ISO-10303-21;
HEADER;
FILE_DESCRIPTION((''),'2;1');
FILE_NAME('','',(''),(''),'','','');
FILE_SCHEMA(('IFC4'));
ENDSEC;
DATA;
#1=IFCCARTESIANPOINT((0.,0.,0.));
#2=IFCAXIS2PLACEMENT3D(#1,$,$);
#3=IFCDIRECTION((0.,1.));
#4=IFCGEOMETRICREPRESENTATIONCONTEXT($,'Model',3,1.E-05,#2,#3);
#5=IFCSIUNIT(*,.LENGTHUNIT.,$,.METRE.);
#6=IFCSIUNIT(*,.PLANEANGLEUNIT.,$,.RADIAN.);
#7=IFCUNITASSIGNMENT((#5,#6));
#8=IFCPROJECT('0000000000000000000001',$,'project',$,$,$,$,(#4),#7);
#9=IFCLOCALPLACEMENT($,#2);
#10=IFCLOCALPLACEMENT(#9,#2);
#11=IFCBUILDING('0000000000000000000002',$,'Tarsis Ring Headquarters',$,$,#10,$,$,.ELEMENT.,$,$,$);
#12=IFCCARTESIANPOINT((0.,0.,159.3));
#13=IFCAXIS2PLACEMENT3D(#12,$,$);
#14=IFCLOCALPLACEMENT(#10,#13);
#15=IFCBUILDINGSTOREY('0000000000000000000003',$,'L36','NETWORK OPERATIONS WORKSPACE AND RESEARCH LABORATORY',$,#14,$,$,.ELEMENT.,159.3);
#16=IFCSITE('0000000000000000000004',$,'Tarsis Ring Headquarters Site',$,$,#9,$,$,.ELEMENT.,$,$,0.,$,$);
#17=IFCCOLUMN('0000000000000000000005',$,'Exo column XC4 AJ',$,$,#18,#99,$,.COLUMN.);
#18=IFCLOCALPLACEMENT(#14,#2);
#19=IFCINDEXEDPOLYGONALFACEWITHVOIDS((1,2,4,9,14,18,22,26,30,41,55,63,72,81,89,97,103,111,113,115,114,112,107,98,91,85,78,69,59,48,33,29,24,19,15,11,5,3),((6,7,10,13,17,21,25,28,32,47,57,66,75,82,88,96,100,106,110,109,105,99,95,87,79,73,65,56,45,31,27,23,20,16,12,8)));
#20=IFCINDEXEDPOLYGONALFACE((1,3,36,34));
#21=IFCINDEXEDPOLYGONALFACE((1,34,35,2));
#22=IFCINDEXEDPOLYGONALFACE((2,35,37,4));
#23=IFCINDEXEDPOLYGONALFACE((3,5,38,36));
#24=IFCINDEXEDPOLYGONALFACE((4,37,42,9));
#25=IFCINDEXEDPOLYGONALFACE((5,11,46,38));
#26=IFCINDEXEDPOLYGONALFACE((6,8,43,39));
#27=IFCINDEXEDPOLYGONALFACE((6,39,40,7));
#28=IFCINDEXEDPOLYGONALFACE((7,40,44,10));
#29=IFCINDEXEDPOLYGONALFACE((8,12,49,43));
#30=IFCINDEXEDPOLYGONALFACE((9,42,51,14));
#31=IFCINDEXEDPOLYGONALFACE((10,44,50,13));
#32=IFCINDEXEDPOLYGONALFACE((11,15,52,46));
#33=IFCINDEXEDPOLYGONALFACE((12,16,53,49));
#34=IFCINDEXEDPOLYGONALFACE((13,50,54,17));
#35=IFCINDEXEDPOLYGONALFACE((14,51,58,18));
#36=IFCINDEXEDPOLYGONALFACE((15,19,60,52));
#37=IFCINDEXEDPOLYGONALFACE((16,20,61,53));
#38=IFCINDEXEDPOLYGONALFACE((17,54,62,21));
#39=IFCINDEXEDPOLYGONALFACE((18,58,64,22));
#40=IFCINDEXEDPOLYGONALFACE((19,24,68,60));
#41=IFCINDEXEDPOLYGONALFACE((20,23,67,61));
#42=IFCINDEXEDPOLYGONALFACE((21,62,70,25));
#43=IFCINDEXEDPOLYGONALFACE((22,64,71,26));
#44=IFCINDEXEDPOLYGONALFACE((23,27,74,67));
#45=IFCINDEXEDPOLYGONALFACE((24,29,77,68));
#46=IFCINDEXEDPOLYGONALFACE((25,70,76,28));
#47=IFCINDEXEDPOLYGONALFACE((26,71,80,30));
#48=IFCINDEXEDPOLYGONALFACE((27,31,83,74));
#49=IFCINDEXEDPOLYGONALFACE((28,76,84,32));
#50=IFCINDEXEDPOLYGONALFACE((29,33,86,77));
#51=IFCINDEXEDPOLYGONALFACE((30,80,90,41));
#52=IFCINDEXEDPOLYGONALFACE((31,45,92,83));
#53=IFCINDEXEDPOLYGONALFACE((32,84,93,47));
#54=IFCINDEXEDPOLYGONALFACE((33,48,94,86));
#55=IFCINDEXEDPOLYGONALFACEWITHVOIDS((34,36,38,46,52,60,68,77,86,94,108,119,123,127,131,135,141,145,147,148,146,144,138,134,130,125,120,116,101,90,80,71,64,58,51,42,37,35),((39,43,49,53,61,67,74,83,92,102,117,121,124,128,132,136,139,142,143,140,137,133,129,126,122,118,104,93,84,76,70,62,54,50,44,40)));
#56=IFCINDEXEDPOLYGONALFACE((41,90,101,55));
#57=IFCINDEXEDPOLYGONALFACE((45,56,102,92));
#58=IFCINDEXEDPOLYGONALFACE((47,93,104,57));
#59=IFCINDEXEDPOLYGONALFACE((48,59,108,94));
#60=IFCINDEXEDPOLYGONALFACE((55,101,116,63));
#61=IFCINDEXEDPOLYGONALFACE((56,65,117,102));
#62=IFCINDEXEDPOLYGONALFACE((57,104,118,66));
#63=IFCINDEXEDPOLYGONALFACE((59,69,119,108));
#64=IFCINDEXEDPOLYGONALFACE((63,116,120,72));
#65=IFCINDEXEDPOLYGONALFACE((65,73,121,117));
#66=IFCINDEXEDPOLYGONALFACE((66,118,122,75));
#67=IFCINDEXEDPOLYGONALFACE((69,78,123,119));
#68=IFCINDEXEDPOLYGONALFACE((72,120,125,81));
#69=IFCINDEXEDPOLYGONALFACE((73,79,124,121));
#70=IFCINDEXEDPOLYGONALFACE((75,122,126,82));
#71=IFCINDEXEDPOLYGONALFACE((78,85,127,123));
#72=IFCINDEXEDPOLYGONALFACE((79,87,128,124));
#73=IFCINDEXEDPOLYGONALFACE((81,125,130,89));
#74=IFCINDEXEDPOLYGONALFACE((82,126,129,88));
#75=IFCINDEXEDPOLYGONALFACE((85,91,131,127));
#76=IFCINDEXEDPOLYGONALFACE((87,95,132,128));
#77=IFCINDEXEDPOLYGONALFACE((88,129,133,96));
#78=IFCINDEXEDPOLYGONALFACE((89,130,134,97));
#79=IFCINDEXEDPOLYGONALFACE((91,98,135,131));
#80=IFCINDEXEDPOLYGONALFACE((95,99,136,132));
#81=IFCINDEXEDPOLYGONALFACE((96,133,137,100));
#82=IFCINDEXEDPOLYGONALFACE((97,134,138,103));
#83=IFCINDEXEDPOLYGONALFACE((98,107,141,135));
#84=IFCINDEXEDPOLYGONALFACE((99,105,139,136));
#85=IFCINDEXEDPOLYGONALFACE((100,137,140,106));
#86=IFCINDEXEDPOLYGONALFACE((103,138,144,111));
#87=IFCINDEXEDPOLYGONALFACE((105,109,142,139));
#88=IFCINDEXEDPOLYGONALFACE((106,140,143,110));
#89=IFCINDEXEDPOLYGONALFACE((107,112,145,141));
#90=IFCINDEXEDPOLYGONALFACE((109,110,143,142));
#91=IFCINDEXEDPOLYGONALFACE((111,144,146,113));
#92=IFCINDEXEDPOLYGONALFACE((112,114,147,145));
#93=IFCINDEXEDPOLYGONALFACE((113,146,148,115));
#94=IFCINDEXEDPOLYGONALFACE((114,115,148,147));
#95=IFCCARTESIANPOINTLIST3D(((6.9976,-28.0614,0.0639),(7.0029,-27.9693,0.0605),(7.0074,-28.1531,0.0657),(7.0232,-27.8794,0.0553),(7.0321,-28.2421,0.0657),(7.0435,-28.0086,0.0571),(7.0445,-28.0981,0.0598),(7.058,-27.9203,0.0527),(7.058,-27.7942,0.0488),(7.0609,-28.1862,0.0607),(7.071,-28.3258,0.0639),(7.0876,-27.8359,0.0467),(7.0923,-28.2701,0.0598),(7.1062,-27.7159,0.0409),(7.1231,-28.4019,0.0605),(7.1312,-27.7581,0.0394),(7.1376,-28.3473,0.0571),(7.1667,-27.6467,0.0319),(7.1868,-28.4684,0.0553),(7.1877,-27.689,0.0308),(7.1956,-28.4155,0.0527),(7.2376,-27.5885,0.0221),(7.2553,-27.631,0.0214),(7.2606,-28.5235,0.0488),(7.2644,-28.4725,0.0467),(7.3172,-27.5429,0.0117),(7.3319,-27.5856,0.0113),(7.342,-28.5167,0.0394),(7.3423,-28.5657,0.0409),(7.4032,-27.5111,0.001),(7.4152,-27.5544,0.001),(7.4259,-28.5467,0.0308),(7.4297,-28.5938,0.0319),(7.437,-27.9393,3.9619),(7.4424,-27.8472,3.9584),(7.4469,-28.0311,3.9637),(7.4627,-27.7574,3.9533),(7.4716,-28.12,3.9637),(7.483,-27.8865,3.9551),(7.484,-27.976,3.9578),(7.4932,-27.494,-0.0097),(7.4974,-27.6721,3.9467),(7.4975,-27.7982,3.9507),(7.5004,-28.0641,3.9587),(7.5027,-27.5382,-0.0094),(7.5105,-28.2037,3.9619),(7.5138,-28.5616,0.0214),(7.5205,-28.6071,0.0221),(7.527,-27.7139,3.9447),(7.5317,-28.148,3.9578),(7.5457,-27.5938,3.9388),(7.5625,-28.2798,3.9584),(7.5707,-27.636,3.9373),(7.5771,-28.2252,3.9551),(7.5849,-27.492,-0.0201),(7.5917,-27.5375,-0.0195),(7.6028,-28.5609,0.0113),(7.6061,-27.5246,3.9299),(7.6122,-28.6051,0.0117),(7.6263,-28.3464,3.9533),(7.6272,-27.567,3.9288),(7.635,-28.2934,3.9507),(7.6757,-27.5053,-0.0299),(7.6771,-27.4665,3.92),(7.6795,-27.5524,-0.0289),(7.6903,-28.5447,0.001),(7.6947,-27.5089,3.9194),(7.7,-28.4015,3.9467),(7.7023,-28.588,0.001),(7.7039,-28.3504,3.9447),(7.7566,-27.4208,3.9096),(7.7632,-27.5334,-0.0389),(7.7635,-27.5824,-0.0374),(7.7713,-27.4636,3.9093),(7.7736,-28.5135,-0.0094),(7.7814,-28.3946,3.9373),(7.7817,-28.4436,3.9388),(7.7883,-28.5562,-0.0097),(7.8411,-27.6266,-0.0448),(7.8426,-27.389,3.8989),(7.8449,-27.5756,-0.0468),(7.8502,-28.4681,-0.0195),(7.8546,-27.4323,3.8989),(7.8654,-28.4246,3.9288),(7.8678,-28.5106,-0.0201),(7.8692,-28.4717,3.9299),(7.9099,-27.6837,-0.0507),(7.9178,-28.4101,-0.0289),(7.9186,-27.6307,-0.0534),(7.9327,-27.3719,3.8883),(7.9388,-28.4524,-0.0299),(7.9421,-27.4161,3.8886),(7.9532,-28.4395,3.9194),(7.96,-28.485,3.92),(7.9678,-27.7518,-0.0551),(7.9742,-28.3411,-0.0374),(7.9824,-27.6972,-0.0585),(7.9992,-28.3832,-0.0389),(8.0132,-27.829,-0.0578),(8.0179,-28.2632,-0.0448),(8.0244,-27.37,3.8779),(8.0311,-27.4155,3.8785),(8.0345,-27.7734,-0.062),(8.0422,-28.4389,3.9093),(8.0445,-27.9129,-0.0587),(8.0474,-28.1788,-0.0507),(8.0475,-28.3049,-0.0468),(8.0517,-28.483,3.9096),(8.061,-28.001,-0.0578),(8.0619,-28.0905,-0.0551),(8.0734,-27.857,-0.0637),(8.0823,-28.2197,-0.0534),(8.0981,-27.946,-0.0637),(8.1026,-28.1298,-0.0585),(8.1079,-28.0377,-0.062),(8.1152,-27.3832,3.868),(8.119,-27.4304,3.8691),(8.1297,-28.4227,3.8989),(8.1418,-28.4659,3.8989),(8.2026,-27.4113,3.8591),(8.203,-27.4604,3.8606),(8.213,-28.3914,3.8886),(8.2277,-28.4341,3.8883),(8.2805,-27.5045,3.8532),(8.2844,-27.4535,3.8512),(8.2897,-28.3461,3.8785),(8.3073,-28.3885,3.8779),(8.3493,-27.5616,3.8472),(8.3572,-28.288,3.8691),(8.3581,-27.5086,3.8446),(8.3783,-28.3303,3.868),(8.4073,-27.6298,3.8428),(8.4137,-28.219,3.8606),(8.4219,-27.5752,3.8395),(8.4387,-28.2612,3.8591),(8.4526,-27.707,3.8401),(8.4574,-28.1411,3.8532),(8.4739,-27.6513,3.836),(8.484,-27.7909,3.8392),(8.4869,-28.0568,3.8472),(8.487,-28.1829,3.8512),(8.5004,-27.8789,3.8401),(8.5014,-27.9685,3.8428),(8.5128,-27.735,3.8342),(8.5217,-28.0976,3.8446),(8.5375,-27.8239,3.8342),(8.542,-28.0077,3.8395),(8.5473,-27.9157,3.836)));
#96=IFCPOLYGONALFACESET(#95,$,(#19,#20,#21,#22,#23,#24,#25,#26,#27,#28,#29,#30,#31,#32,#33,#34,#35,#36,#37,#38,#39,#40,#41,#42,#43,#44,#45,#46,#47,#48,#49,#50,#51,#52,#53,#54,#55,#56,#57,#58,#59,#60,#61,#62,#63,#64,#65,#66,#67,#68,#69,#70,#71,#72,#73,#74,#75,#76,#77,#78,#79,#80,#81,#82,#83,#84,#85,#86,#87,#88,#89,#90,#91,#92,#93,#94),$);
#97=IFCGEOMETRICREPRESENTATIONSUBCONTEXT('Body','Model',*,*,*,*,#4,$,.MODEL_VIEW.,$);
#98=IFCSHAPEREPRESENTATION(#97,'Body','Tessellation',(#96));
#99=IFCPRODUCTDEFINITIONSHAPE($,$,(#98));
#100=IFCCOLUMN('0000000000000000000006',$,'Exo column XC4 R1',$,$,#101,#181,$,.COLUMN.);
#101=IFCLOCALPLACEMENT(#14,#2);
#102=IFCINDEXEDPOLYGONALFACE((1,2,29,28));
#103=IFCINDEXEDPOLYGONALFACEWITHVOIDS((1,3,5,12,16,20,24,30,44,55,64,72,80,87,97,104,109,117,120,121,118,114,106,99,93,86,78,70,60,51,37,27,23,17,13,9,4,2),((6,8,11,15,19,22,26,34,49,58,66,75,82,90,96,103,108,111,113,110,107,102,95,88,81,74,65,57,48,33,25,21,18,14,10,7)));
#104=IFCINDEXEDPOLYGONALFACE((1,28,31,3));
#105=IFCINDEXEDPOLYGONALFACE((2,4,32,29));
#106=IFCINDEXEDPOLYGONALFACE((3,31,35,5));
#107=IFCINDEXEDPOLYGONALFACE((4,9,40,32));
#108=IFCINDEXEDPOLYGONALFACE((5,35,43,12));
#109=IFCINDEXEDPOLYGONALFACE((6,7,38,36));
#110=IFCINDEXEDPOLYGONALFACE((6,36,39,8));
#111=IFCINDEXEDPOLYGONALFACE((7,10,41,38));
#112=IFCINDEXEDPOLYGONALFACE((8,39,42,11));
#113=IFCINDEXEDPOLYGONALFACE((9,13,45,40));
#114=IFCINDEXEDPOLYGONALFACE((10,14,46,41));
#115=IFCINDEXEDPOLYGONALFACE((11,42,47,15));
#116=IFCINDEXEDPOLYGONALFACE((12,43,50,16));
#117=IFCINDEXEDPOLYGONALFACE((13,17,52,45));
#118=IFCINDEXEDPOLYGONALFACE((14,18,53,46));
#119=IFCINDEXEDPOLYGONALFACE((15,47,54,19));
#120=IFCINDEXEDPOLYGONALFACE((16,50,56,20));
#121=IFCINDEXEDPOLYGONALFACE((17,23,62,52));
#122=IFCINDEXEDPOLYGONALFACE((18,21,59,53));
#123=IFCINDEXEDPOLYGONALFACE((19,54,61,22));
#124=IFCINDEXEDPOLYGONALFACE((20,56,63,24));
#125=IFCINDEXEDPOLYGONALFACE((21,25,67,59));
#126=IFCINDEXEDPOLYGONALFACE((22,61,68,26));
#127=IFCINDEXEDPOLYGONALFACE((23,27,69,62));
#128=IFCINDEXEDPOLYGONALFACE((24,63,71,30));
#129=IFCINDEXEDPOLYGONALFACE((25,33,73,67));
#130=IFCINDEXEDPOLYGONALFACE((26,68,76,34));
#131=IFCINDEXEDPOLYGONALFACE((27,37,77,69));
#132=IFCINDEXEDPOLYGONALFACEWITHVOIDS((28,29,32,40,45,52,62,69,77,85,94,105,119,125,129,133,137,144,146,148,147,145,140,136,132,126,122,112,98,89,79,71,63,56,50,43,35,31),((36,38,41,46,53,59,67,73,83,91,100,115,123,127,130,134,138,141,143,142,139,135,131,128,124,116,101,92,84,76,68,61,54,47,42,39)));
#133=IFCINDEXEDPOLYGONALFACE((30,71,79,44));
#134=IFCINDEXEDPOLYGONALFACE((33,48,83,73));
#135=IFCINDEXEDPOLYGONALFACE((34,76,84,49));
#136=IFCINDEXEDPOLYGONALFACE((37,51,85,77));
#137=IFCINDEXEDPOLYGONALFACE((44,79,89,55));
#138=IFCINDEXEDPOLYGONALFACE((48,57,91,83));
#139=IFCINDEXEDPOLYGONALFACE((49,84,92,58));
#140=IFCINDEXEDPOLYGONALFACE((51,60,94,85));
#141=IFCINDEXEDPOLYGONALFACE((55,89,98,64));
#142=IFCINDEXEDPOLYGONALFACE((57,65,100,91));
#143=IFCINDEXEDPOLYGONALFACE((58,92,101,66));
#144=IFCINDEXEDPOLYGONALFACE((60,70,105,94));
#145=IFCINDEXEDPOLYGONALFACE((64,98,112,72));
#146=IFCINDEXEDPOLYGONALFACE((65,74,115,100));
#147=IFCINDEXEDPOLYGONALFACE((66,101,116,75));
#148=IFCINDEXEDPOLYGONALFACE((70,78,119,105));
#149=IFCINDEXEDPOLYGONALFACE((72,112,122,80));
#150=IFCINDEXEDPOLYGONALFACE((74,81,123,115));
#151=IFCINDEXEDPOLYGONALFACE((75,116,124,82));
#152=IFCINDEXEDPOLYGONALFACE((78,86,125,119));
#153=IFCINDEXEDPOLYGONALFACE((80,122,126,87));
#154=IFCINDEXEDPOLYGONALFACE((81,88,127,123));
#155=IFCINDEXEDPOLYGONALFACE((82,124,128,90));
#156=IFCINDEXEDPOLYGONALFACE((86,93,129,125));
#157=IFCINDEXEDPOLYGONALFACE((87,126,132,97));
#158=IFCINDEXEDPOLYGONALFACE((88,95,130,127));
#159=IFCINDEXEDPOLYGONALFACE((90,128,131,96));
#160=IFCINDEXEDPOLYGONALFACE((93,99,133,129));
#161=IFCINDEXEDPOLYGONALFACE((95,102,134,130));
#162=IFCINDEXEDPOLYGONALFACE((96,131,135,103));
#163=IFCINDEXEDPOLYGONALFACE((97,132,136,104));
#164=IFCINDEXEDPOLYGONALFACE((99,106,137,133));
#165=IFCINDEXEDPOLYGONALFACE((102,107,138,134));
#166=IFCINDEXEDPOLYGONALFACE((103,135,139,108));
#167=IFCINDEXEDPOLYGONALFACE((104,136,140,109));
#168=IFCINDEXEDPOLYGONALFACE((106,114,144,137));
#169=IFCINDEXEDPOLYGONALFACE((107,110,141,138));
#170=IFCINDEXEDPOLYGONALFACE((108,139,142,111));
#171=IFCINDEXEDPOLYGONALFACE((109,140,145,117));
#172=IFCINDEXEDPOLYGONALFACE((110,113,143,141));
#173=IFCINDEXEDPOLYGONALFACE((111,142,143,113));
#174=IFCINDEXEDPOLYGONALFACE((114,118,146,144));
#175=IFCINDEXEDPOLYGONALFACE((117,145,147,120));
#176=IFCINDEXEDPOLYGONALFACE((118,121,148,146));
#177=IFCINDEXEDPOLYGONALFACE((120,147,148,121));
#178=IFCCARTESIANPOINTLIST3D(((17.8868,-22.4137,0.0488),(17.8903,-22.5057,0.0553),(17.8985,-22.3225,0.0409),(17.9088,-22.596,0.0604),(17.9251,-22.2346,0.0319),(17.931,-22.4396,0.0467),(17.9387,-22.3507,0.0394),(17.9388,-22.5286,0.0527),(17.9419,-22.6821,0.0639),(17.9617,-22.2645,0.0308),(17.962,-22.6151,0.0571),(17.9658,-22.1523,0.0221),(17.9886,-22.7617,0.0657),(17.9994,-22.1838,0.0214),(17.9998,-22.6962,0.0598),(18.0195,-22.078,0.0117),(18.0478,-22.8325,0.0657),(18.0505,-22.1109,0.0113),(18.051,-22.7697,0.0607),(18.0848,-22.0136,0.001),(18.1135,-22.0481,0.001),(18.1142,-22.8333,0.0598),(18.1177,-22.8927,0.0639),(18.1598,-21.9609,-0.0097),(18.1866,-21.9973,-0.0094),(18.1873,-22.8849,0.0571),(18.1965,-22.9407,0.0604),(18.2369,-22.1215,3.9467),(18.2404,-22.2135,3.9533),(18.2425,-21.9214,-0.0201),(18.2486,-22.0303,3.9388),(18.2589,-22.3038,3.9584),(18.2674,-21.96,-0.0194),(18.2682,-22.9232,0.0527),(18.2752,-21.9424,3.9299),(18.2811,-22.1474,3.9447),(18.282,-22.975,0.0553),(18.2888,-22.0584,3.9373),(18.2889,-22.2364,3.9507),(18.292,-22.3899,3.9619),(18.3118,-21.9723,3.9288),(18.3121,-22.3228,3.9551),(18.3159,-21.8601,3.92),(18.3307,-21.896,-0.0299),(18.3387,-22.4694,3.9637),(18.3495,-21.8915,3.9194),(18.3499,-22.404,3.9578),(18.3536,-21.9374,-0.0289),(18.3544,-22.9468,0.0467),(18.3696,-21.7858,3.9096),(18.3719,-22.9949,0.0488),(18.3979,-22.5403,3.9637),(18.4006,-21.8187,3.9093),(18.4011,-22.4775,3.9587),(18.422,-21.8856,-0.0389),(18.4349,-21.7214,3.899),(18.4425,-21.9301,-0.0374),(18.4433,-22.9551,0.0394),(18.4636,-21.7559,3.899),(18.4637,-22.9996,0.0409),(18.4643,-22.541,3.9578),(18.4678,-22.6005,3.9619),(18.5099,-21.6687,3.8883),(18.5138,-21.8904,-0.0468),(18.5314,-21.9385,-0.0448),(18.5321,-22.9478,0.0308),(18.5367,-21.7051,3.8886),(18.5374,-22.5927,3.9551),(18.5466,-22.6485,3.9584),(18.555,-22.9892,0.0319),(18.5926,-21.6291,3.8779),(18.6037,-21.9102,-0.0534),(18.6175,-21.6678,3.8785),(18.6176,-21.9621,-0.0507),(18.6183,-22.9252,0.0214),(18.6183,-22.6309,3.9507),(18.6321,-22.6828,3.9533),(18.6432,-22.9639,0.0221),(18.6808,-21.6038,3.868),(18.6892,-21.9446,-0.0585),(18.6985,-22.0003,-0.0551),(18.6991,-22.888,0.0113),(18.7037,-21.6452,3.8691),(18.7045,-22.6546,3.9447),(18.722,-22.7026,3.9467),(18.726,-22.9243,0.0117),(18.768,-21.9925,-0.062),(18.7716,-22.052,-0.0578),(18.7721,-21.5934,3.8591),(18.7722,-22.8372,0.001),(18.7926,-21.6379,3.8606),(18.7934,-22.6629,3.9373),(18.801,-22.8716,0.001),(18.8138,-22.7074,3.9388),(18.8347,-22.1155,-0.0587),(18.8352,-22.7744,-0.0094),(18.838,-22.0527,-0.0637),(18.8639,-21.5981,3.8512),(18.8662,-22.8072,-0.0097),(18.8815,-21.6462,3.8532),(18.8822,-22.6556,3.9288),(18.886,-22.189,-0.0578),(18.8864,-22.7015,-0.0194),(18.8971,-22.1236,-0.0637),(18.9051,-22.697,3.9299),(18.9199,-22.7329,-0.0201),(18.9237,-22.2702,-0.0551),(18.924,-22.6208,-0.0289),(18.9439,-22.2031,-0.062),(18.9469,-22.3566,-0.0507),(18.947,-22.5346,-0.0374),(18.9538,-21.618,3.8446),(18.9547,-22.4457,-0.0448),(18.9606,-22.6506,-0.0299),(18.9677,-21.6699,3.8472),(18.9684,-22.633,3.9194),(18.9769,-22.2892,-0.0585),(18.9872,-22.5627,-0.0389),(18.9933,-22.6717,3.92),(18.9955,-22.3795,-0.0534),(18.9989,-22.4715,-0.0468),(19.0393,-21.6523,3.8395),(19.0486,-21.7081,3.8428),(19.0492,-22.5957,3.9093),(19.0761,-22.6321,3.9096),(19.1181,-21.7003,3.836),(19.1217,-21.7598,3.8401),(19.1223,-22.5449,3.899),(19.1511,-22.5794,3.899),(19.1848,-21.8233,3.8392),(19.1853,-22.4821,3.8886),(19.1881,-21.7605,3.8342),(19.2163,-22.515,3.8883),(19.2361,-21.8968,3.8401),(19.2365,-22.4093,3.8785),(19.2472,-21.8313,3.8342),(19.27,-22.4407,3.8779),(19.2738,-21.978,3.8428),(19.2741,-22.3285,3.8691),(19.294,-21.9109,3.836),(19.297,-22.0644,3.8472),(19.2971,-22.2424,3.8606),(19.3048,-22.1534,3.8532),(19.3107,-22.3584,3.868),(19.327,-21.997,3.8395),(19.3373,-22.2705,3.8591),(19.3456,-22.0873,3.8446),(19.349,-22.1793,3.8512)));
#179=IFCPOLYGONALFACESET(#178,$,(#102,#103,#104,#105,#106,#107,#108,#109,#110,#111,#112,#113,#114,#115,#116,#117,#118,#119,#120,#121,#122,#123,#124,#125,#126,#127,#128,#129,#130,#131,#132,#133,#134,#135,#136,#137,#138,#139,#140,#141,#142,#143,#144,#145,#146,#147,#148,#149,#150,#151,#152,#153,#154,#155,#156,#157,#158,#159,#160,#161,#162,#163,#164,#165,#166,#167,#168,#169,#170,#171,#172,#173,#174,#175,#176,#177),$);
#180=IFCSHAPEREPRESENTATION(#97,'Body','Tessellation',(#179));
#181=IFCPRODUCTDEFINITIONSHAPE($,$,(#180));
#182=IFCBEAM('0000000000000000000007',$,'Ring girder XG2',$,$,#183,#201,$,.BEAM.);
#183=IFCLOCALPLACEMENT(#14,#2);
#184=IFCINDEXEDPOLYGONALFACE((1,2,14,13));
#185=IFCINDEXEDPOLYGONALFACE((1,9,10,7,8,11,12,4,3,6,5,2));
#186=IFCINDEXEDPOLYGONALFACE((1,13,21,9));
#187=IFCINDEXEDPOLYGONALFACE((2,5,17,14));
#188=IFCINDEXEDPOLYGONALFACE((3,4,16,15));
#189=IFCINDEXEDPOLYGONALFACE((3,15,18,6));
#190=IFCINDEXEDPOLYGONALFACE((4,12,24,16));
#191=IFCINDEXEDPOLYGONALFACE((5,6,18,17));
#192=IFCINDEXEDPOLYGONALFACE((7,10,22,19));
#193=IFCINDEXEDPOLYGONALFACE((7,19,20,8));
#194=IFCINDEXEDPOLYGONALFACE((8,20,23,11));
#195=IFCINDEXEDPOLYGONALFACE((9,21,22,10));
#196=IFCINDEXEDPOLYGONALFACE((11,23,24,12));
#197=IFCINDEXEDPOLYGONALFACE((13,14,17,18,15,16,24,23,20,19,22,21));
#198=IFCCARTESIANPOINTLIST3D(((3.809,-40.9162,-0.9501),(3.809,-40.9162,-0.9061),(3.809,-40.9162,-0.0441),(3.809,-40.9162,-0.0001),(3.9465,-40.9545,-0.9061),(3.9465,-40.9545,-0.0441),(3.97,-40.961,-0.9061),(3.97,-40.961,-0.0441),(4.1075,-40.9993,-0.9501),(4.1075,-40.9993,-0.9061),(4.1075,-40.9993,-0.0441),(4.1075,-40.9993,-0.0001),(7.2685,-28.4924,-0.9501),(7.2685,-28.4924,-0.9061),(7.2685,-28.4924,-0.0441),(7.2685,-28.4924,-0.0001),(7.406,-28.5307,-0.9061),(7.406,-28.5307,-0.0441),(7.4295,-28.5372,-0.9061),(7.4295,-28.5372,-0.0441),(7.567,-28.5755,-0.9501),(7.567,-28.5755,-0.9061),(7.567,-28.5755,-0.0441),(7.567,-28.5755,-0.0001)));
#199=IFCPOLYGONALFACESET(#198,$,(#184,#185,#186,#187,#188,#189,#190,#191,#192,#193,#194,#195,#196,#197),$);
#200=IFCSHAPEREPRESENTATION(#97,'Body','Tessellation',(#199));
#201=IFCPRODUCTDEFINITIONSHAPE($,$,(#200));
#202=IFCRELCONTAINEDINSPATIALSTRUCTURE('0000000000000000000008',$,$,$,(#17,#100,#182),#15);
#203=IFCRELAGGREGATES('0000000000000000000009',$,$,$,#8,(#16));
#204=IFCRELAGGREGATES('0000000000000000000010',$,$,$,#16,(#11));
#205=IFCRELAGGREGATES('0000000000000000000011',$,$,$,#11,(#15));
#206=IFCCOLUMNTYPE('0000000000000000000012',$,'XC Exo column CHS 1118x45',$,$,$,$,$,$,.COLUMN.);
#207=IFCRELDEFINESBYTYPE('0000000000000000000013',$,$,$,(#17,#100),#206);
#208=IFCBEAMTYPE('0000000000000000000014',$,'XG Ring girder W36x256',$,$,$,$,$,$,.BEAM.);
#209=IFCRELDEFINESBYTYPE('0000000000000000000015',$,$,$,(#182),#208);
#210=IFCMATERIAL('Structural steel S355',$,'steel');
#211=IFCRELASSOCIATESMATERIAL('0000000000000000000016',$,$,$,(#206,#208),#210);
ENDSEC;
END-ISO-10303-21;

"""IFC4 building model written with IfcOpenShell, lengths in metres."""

from ifc_helpers import new_model, si_unit, direction, frame, origin, origin_2d, place, context, subcontext, project, spatial, hollow_circle, i_section, extrude, material, material_profile, profile_set, type_object, element, save


model = new_model("IFC4")

# Units and contexts
model_context = context("Model", 3, precision=1e-05, world=origin(), true_north=direction((0.0, 1.0)))
body_context = subcontext(model_context, "Body", "Model", "MODEL_VIEW")
ifc_project = project(units=[si_unit("LENGTHUNIT", "METRE"), si_unit("PLANEANGLEUNIT", "RADIAN")], contexts=[model_context])

# Site, building, storey
site_placement = place(None, origin())
site = spatial("IfcSite", under=ifc_project, at=site_placement, Name="Tarsis Ring Headquarters Site", CompositionType="ELEMENT", RefElevation=0.0)
building_placement = place(site_placement, origin())
building = spatial("IfcBuilding", under=site, at=building_placement, Name="Tarsis Ring Headquarters", CompositionType="ELEMENT")
storey_placement = place(building_placement, frame((0.0, 0.0, 159.3)))
storey = spatial("IfcBuildingStorey", under=building, at=storey_placement, Name="L36", Description="NETWORK OPERATIONS WORKSPACE AND RESEARCH LABORATORY", CompositionType="ELEMENT", Elevation=159.3)

# Columns
ifc_material_1 = material(Name="Structural steel S355", Category="steel")
ifc_material_profile_1 = material_profile(ifc_material_1, hollow_circle(Radius=0.5588, WallThickness=0.0449, at=origin_2d()), Name="CHS 1118x45")
ifc_profile_set_1 = profile_set([ifc_material_profile_1], Name="Structural steel S355")
column_type = type_object("IfcColumnType", Name="XC Exo column CHS 1118x45", PredefinedType="COLUMN", material=ifc_profile_set_1)
for number, where, z_axis, x_axis, name in (
    (1, (7.5527, -28.0496, 0.001), (0.111976, 0.031104, 0.993224), (-0.267644, 0.963518, 0.0), "Exo column XC4 AJ"),
    (2, (18.4429, -22.4426, 0.001), (0.089207, 0.074464, 0.993226), (-0.640816, 0.767694, 0.0), "Exo column XC4 R1"),
):
    element("IfcColumn", number, at=place(storey_placement, frame(where, z_axis=z_axis, x_axis=x_axis)), inside=storey, type_object=column_type, Name=name, PredefinedType="COLUMN", context=body_context, shape_type="SweptSolid", body=[
        extrude(hollow_circle(Radius=0.5588, WallThickness=0.0449, at=origin_2d()), origin(), (0.0, 0.0, 1.0), 3.9246),
    ])

# Beam
ifc_material_profile_2 = material_profile(ifc_material_1, i_section(OverallWidth=0.3098, OverallDepth=0.95, WebThickness=0.0244, FlangeThickness=0.0439, at=origin_2d()), Name="W36x256")
ifc_profile_set_2 = profile_set([ifc_material_profile_2], Name="Structural steel S355")
beam_type = type_object("IfcBeamType", Name="XG Ring girder W36x256", PredefinedType="BEAM", material=ifc_profile_set_2)
beam_1_placement = place(storey_placement, frame((3.9583, -40.9578, -0.4751), z_axis=(0.268249, 0.96335, 0.0), x_axis=(-0.96335, 0.268249, 0.0)))
element("IfcBeam", 3, at=beam_1_placement, inside=storey, type_object=beam_type, Name="Ring girder XG2", PredefinedType="BEAM", context=body_context, shape_type="SweptSolid", body=[
    extrude(i_section(OverallWidth=0.3098, OverallDepth=0.95, WebThickness=0.0244, FlangeThickness=0.0439, at=origin_2d()), origin(), (0.0, 0.0, 1.0), 12.8965),
])

save(model, "model.ifc")
